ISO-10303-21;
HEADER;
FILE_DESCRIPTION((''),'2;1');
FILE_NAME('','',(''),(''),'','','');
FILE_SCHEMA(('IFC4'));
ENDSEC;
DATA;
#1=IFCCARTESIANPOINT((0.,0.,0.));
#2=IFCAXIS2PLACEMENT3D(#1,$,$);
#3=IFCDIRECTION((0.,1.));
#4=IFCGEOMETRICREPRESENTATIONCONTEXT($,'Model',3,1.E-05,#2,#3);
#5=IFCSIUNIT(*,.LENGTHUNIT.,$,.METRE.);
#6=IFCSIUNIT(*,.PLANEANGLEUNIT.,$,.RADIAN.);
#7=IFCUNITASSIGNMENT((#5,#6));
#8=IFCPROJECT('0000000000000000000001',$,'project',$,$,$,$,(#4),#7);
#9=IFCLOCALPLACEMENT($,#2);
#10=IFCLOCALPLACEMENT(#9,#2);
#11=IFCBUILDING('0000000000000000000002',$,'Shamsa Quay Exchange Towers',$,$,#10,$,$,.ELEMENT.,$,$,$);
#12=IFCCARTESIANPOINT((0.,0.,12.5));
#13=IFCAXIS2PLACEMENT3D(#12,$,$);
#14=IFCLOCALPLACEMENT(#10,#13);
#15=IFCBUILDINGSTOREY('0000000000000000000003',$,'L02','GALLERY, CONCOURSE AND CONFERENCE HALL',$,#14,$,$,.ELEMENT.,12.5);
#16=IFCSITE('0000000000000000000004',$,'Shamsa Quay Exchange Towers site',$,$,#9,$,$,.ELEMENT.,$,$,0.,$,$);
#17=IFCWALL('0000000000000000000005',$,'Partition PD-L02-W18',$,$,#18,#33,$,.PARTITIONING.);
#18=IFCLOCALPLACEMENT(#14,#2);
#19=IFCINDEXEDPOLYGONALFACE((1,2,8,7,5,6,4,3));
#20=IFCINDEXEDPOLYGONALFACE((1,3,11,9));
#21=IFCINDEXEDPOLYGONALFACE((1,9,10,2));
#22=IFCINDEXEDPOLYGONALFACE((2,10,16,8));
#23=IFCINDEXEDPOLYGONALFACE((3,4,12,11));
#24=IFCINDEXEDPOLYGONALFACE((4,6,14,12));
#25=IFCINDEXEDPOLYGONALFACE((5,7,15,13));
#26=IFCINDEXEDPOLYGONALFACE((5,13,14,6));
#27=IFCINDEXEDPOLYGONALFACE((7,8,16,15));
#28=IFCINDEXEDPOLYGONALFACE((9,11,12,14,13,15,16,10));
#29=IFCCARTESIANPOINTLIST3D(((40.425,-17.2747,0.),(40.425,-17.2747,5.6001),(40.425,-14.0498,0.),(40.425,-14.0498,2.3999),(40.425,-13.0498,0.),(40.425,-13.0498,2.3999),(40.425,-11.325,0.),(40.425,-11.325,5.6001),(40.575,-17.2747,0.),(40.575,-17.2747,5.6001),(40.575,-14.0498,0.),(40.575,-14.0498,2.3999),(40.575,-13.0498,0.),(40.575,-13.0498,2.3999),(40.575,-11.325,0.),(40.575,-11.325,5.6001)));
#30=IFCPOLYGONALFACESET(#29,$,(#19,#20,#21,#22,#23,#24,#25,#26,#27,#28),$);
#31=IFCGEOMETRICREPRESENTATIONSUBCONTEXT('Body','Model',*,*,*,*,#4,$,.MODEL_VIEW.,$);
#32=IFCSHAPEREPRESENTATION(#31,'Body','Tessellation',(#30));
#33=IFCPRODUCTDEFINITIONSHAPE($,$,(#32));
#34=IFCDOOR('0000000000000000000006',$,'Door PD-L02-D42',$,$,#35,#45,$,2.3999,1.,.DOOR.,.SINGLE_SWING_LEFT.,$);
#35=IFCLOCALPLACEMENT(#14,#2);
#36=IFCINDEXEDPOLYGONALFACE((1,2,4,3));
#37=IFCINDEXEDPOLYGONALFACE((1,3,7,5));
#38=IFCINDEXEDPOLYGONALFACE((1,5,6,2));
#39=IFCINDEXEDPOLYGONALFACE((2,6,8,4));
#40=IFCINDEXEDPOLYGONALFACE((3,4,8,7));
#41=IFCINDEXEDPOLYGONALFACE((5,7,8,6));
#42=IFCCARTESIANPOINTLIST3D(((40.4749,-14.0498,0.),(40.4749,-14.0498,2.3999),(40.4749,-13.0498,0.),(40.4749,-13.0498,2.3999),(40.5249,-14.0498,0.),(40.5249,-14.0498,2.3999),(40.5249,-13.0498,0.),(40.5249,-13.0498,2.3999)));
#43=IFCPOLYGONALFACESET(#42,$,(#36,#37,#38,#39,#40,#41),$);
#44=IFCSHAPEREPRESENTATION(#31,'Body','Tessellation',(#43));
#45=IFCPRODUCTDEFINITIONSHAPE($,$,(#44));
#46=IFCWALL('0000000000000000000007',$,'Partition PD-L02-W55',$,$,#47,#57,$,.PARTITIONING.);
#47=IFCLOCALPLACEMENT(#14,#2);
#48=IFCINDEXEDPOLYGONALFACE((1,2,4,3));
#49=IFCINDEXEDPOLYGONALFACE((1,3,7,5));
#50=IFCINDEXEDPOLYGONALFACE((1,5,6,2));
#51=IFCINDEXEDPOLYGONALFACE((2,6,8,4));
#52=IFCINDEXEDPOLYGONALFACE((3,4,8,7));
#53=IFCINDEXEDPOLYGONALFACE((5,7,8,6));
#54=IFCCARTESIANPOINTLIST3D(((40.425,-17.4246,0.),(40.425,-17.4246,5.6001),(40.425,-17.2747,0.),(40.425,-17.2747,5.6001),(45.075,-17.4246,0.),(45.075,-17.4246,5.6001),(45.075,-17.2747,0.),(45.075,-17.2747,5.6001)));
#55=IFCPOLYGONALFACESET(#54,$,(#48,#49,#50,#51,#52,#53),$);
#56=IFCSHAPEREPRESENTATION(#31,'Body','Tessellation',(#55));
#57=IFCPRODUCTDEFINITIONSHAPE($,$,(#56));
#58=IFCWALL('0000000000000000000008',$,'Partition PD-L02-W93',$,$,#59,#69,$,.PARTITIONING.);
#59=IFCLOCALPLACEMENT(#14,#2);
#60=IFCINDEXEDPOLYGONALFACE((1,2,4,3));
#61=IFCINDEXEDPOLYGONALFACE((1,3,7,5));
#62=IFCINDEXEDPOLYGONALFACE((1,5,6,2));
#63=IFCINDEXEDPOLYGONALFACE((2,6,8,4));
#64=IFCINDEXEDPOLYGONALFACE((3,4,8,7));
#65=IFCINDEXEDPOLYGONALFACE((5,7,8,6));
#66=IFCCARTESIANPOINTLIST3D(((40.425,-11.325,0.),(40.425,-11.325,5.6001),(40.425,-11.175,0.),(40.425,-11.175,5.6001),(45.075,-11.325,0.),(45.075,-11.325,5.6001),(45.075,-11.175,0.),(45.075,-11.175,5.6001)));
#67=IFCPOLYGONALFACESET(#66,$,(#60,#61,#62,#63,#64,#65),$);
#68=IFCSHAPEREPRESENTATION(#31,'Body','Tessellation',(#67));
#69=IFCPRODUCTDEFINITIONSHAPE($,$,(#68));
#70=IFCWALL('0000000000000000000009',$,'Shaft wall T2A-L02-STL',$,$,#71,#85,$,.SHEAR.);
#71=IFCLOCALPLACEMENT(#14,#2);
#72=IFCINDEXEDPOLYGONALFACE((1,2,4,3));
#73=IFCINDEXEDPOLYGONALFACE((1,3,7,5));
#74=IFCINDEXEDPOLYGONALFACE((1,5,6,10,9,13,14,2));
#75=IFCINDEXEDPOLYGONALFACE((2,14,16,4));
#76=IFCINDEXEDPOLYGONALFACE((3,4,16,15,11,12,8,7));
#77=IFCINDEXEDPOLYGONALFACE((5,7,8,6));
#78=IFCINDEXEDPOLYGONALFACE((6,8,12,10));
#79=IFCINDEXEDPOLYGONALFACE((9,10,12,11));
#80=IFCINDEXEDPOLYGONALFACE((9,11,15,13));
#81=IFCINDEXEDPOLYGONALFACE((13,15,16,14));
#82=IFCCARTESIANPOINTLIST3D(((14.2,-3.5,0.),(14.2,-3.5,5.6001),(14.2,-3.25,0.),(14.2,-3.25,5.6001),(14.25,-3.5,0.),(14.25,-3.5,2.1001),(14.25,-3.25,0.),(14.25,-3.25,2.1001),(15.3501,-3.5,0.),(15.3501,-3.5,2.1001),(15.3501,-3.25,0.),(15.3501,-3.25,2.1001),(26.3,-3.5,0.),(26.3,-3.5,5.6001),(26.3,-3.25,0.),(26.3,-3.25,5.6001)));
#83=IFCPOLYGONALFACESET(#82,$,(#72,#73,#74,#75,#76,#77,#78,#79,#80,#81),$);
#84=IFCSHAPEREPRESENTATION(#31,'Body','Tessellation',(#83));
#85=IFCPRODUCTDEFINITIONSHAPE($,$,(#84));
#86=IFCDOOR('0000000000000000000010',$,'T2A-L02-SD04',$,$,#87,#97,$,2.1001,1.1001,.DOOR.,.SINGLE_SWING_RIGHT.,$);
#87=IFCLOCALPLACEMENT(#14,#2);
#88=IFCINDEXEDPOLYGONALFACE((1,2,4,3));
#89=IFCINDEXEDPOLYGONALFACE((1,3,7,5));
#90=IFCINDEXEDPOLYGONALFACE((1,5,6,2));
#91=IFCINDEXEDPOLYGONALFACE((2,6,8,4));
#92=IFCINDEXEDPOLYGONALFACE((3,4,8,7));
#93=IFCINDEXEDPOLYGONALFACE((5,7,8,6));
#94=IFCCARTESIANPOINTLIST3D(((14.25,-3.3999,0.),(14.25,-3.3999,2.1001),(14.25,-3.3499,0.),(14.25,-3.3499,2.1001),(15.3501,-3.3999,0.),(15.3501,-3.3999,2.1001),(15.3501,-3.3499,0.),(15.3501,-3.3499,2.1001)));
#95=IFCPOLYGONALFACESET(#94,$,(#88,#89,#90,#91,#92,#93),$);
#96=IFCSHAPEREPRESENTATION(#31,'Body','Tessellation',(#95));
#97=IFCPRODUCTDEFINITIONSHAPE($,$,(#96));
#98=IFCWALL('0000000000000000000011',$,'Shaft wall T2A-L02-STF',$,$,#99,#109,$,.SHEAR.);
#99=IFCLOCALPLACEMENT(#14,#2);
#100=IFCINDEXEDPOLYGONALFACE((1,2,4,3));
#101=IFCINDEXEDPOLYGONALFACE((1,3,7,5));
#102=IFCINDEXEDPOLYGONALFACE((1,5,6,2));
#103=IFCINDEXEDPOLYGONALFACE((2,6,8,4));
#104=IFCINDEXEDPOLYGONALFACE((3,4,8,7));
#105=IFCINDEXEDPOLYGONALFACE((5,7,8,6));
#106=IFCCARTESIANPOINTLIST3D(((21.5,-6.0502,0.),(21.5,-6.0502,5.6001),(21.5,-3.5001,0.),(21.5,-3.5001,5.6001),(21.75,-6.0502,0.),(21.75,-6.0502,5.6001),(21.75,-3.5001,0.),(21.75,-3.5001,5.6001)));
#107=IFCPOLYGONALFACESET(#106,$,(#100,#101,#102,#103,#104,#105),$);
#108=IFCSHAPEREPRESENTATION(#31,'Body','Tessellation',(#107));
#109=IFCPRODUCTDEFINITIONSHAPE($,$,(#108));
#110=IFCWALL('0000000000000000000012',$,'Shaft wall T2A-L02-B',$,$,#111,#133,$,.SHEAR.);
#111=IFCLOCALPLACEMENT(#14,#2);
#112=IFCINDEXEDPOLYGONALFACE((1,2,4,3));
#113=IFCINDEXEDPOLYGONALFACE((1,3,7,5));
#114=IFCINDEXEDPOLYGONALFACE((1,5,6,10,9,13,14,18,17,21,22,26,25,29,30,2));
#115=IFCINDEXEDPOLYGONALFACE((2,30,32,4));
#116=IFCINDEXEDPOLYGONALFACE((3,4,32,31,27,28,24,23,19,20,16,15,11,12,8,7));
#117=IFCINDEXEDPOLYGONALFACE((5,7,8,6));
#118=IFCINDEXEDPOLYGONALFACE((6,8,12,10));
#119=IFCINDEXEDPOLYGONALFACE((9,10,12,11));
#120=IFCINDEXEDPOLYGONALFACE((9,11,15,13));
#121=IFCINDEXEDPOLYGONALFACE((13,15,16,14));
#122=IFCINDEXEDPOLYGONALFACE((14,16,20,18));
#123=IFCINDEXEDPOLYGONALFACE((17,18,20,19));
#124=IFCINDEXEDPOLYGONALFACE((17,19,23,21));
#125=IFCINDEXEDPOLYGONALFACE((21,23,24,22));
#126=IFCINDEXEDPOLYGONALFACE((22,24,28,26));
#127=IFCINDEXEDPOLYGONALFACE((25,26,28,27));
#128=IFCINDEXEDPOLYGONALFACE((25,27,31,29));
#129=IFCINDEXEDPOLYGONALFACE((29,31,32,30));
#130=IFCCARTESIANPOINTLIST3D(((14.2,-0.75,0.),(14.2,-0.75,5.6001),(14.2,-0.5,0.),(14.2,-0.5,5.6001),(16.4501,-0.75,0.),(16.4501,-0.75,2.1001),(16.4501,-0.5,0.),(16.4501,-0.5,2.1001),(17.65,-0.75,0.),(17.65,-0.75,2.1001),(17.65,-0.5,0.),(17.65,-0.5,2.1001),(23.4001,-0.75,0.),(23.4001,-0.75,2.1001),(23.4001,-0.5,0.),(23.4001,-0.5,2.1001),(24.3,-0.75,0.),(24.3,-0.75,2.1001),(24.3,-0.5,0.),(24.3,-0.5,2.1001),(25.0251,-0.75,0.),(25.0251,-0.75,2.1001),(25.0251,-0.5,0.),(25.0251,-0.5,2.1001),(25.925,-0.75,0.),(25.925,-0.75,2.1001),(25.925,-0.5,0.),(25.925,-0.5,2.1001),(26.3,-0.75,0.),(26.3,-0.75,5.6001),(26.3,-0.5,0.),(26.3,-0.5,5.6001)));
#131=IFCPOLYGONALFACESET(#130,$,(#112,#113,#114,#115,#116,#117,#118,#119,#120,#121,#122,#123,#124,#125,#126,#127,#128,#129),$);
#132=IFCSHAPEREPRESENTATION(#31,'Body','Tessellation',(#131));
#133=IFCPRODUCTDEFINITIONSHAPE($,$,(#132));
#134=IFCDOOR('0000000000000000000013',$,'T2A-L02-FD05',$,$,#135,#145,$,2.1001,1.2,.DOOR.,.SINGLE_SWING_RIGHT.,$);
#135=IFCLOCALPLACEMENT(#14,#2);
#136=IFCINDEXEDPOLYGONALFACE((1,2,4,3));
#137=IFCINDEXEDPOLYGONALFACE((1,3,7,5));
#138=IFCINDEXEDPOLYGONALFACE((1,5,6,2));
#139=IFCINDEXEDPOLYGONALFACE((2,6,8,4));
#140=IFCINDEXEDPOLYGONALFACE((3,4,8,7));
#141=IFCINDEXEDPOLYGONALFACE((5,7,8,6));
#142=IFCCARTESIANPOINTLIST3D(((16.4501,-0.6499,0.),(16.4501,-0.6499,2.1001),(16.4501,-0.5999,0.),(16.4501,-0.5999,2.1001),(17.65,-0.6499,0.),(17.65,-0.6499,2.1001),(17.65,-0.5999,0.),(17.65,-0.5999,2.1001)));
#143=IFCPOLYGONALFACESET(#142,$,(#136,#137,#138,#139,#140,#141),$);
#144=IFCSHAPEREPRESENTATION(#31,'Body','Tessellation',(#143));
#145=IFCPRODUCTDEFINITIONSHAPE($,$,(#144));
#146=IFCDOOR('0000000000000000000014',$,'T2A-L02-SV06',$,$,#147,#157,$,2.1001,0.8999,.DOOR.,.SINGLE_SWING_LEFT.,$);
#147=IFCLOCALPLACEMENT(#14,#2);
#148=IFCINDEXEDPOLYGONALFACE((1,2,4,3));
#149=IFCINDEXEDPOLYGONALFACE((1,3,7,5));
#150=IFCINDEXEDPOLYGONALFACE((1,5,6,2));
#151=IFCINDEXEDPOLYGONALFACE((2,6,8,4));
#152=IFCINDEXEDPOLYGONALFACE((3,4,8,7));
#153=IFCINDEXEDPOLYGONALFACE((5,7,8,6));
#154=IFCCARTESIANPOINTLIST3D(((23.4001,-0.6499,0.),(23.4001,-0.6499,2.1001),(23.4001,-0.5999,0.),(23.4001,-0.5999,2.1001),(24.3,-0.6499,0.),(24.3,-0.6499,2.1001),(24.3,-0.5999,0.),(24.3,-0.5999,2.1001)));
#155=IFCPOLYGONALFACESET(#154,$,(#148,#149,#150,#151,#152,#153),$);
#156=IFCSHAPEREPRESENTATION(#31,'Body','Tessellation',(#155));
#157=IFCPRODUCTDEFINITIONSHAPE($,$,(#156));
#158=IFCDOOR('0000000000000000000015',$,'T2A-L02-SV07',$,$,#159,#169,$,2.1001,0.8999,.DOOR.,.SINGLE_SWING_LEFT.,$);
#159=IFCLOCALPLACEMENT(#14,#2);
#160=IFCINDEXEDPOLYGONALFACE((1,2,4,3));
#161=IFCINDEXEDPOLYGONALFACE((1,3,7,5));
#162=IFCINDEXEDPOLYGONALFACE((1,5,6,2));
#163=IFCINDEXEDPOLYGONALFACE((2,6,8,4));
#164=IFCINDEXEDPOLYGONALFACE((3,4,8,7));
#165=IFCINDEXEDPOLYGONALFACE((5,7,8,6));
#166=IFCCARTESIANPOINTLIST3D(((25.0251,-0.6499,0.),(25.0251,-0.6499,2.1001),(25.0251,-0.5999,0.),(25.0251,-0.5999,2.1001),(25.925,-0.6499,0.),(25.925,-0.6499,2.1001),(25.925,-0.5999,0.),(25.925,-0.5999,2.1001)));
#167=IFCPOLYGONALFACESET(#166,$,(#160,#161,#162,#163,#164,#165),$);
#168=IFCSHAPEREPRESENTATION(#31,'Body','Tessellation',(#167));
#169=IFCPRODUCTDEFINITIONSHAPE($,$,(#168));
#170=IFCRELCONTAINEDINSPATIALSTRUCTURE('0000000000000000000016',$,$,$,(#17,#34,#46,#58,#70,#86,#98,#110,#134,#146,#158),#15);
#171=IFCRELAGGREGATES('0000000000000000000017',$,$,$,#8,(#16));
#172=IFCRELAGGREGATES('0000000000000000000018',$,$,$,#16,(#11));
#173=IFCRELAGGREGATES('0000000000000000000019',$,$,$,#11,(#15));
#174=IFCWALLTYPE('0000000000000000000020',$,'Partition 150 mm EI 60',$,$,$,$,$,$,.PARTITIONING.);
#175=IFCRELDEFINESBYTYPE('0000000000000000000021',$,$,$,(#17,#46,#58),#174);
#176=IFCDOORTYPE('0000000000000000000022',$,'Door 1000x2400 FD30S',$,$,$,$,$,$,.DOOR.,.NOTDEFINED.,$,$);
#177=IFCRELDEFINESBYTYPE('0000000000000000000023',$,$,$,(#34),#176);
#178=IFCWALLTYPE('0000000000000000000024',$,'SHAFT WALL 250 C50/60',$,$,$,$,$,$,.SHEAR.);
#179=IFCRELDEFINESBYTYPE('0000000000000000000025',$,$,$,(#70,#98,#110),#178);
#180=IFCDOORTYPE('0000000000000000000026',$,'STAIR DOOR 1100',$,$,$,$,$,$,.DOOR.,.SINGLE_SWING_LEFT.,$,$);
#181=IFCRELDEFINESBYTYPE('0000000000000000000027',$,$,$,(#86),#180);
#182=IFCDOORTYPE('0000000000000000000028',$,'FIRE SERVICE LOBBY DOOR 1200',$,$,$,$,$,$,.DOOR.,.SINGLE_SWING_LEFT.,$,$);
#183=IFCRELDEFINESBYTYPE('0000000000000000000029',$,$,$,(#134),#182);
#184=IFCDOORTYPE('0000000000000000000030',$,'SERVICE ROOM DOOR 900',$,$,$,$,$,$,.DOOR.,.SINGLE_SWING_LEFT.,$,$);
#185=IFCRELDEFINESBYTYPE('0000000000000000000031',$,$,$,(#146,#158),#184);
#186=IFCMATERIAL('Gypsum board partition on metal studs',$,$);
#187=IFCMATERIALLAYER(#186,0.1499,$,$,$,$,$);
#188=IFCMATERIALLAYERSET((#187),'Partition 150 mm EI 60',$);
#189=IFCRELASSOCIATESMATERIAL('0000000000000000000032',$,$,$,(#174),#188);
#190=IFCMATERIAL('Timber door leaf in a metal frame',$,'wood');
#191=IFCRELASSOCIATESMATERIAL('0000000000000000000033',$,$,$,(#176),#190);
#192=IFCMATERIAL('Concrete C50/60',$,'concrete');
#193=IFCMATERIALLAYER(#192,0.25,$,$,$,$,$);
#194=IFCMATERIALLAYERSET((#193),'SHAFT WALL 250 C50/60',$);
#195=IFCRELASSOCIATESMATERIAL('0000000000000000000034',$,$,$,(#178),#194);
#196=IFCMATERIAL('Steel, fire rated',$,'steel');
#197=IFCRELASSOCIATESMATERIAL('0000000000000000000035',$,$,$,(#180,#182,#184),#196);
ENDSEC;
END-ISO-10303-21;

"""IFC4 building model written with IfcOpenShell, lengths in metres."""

from ifc_helpers import new_model, si_unit, direction, frame, frame_2d, origin, place, context, subcontext, project, spatial, rectangle, extrude, material, layer, layer_set, type_object, element, fill, save


model = new_model("IFC4")

# Units and contexts
model_context = context("Model", 3, precision=1e-05, world=origin(), true_north=direction((0.0, 1.0)))
body_context = subcontext(model_context, "Body", "Model", "MODEL_VIEW")
ifc_project = project(units=[si_unit("LENGTHUNIT", "METRE"), si_unit("PLANEANGLEUNIT", "RADIAN")], contexts=[model_context])

# Site, building, storey
site_placement = place(None, origin())
site = spatial("IfcSite", under=ifc_project, at=site_placement, Name="Shamsa Quay Exchange Towers site", CompositionType="ELEMENT", RefElevation=0.0)
building_placement = place(site_placement, origin())
building = spatial("IfcBuilding", under=site, at=building_placement, Name="Shamsa Quay Exchange Towers", CompositionType="ELEMENT")
storey_placement = place(building_placement, frame((0.0, 0.0, 12.5)))
storey = spatial("IfcBuildingStorey", under=building, at=storey_placement, Name="L02", Description="GALLERY, CONCOURSE AND CONFERENCE HALL", CompositionType="ELEMENT", Elevation=12.5)

# Wall, opening, door
ifc_material_1 = material(Name="Timber door leaf in a metal frame", Category="wood")
ifc_material_2 = material(Name="Gypsum board partition on metal studs")
ifc_layer_1 = layer(ifc_material_2, 0.1499)
ifc_layer_set_1 = layer_set([ifc_layer_1], Name="Partition 150 mm EI 60")
wall_type_1 = type_object("IfcWallType", Name="Partition 150 mm EI 60", PredefinedType="PARTITIONING", material=ifc_layer_set_1)
wall_1_placement = place(storey_placement, frame((40.5, -11.325, 0.0), z_axis=(0.0, 0.0, 1.0), x_axis=(0.0, -1.0, 0.0)))
wall_1 = element("IfcWall", 1, at=wall_1_placement, inside=storey, type_object=wall_type_1, Name="Partition PD-L02-W18", PredefinedType="PARTITIONING", context=body_context, shape_type="SweptSolid", body=[
    extrude(rectangle(XDim=5.9497, YDim=0.1499, at=frame_2d((2.9749, 0.0))), origin(), (0.0, 0.0, 1.0), 5.6001),
])
opening_1_placement = place(wall_1_placement, frame((1.7249, 0.0, 0.0)))
opening_1 = element("IfcOpeningElement", 2, at=opening_1_placement, cuts=wall_1, PredefinedType="OPENING", context=body_context, shape_type="SweptSolid", body=[
    extrude(rectangle(XDim=1.0, YDim=2.3999, at=frame_2d((0.5, 1.2))), frame((0.0, 0.085, 0.0), z_axis=(0.0, -1.0, 0.0), x_axis=(1.0, 0.0, 0.0)), (0.0, 0.0, 1.0), 0.1699),
])
door_type_1 = type_object("IfcDoorType", Name="Door 1000x2400 FD30S", OperationType="NOTDEFINED", PredefinedType="DOOR", material=ifc_material_1)
door_1_placement = place(opening_1_placement, origin())
door_1 = element("IfcDoor", 3, at=door_1_placement, inside=storey, type_object=door_type_1, Name="Door PD-L02-D42", OperationType="SINGLE_SWING_LEFT", OverallHeight=2.3999, OverallWidth=1.0, PredefinedType="DOOR", context=body_context, shape_type="SweptSolid", body=[
    extrude(rectangle(XDim=1.0, YDim=2.3999, at=frame_2d((0.5, 1.2))), frame((0.0, 0.0249, 0.0), z_axis=(0.0, -1.0, 0.0), x_axis=(1.0, 0.0, 0.0)), (0.0, 0.0, 1.0), 0.05),
])
fill(opening_1, door_1)

# Walls
for number, where, name in (
    (4, (40.425, -17.3496, 0.0), "Partition PD-L02-W55"),
    (5, (40.425, -11.25, 0.0), "Partition PD-L02-W93"),
):
    element("IfcWall", number, at=place(storey_placement, frame(where)), inside=storey, type_object=wall_type_1, Name=name, PredefinedType="PARTITIONING", context=body_context, shape_type="SweptSolid", body=[
        extrude(rectangle(XDim=4.6499, YDim=0.1499, at=frame_2d((2.325, 0.0))), origin(), (0.0, 0.0, 1.0), 5.6001),
    ])

# Wall, opening, door
ifc_material_3 = material(Name="Concrete C50/60", Category="concrete")
ifc_layer_2 = layer(ifc_material_3, 0.25)
ifc_layer_set_2 = layer_set([ifc_layer_2], Name="SHAFT WALL 250 C50/60")
wall_type_2 = type_object("IfcWallType", Name="SHAFT WALL 250 C50/60", PredefinedType="SHEAR", material=ifc_layer_set_2)
wall_2_placement = place(storey_placement, frame((26.3, -3.375, 0.0), z_axis=(0.0, 0.0, 1.0), x_axis=(-1.0, 0.0, 0.0)))
wall_2 = element("IfcWall", 6, at=wall_2_placement, inside=storey, type_object=wall_type_2, Name="Shaft wall T2A-L02-STL", PredefinedType="SHEAR", context=body_context, shape_type="SweptSolid", body=[
    extrude(rectangle(XDim=12.1001, YDim=0.25, at=frame_2d((6.05, 0.0))), origin(), (0.0, 0.0, 1.0), 5.6001),
])
opening_2_placement = place(wall_2_placement, frame((10.95, 0.0, 0.0)))
opening_2 = element("IfcOpeningElement", 7, at=opening_2_placement, cuts=wall_2, PredefinedType="OPENING", context=body_context, shape_type="SweptSolid", body=[
    extrude(rectangle(XDim=1.1001, YDim=2.1001, at=frame_2d((0.55, 1.05))), frame((0.0, 0.135, 0.0), z_axis=(0.0, -1.0, 0.0), x_axis=(1.0, 0.0, 0.0)), (0.0, 0.0, 1.0), 0.27),
])
ifc_material_4 = material(Name="Steel, fire rated", Category="steel")
door_type_2 = type_object("IfcDoorType", Name="STAIR DOOR 1100", OperationType="SINGLE_SWING_LEFT", PredefinedType="DOOR", material=ifc_material_4)
door_2_placement = place(opening_2_placement, origin())
door_2 = element("IfcDoor", 8, at=door_2_placement, inside=storey, type_object=door_type_2, Name="T2A-L02-SD04", OperationType="SINGLE_SWING_RIGHT", OverallHeight=2.1001, OverallWidth=1.1001, PredefinedType="DOOR", context=body_context, shape_type="SweptSolid", body=[
    extrude(rectangle(XDim=1.1001, YDim=2.1001, at=frame_2d((0.55, 1.05))), frame((0.0, 0.0249, 0.0), z_axis=(0.0, -1.0, 0.0), x_axis=(1.0, 0.0, 0.0)), (0.0, 0.0, 1.0), 0.05),
])
fill(opening_2, door_2)

# Wall
wall_3_placement = place(storey_placement, frame((21.625, -6.05, 0.0), z_axis=(0.0, 0.0, 1.0), x_axis=(0.0, 1.0, 0.0)))
element("IfcWall", 9, at=wall_3_placement, inside=storey, type_object=wall_type_2, Name="Shaft wall T2A-L02-STF", PredefinedType="SHEAR", context=body_context, shape_type="SweptSolid", body=[
    extrude(rectangle(XDim=2.55, YDim=0.25, at=frame_2d((1.2749, 0.0))), origin(), (0.0, 0.0, 1.0), 5.6001),
])

# Wall, openings, doors
wall_4_placement = place(storey_placement, frame((26.3, -0.625, 0.0), z_axis=(0.0, 0.0, 1.0), x_axis=(-1.0, 0.0, 0.0)))
wall_4 = element("IfcWall", 10, at=wall_4_placement, inside=storey, type_object=wall_type_2, Name="Shaft wall T2A-L02-B", PredefinedType="SHEAR", context=body_context, shape_type="SweptSolid", body=[
    extrude(rectangle(XDim=12.1001, YDim=0.25, at=frame_2d((6.05, 0.0))), origin(), (0.0, 0.0, 1.0), 5.6001),
])
opening_3_placement = place(wall_4_placement, frame((8.6499, 0.0, 0.0)))
opening_3 = element("IfcOpeningElement", 11, at=opening_3_placement, cuts=wall_4, PredefinedType="OPENING", context=body_context, shape_type="SweptSolid", body=[
    extrude(rectangle(XDim=1.2, YDim=2.1001, at=frame_2d((0.6001, 1.05))), frame((0.0, 0.135, 0.0), z_axis=(0.0, -1.0, 0.0), x_axis=(1.0, 0.0, 0.0)), (0.0, 0.0, 1.0), 0.27),
])
opening_4_placement = place(wall_4_placement, frame((2.0, 0.0, 0.0)))
opening_4 = element("IfcOpeningElement", 12, at=opening_4_placement, cuts=wall_4, PredefinedType="OPENING", context=body_context, shape_type="SweptSolid", body=[
    extrude(rectangle(XDim=0.8999, YDim=2.1001, at=frame_2d((0.45, 1.05))), frame((0.0, 0.135, 0.0), z_axis=(0.0, -1.0, 0.0), x_axis=(1.0, 0.0, 0.0)), (0.0, 0.0, 1.0), 0.27),
])
opening_5_placement = place(wall_4_placement, frame((0.375, 0.0, 0.0)))
opening_5 = element("IfcOpeningElement", 13, at=opening_5_placement, cuts=wall_4, PredefinedType="OPENING", context=body_context, shape_type="SweptSolid", body=[
    extrude(rectangle(XDim=0.8999, YDim=2.1001, at=frame_2d((0.45, 1.05))), frame((0.0, 0.135, 0.0), z_axis=(0.0, -1.0, 0.0), x_axis=(1.0, 0.0, 0.0)), (0.0, 0.0, 1.0), 0.27),
])
door_type_3 = type_object("IfcDoorType", Name="FIRE SERVICE LOBBY DOOR 1200", OperationType="SINGLE_SWING_LEFT", PredefinedType="DOOR", material=ifc_material_4)
door_3_placement = place(opening_3_placement, origin())
door_3 = element("IfcDoor", 14, at=door_3_placement, inside=storey, type_object=door_type_3, Name="T2A-L02-FD05", OperationType="SINGLE_SWING_RIGHT", OverallHeight=2.1001, OverallWidth=1.2, PredefinedType="DOOR", context=body_context, shape_type="SweptSolid", body=[
    extrude(rectangle(XDim=1.2, YDim=2.1001, at=frame_2d((0.6001, 1.05))), frame((0.0, 0.0249, 0.0), z_axis=(0.0, -1.0, 0.0), x_axis=(1.0, 0.0, 0.0)), (0.0, 0.0, 1.0), 0.05),
])
fill(opening_3, door_3)
door_type_4 = type_object("IfcDoorType", Name="SERVICE ROOM DOOR 900", OperationType="SINGLE_SWING_LEFT", PredefinedType="DOOR", material=ifc_material_4)
door_4_placement = place(opening_4_placement, origin())
door_4 = element("IfcDoor", 15, at=door_4_placement, inside=storey, type_object=door_type_4, Name="T2A-L02-SV06", OperationType="SINGLE_SWING_LEFT", OverallHeight=2.1001, OverallWidth=0.8999, PredefinedType="DOOR", context=body_context, shape_type="SweptSolid", body=[
    extrude(rectangle(XDim=0.8999, YDim=2.1001, at=frame_2d((0.45, 1.05))), frame((0.0, 0.0249, 0.0), z_axis=(0.0, -1.0, 0.0), x_axis=(1.0, 0.0, 0.0)), (0.0, 0.0, 1.0), 0.05),
])
fill(opening_4, door_4)
door_5_placement = place(opening_5_placement, origin())
door_5 = element("IfcDoor", 16, at=door_5_placement, inside=storey, type_object=door_type_4, Name="T2A-L02-SV07", OperationType="SINGLE_SWING_LEFT", OverallHeight=2.1001, OverallWidth=0.8999, PredefinedType="DOOR", context=body_context, shape_type="SweptSolid", body=[
    extrude(rectangle(XDim=0.8999, YDim=2.1001, at=frame_2d((0.45, 1.05))), frame((0.0, 0.0249, 0.0), z_axis=(0.0, -1.0, 0.0), x_axis=(1.0, 0.0, 0.0)), (0.0, 0.0, 1.0), 0.05),
])
fill(opening_5, door_5)

save(model, "model.ifc")
